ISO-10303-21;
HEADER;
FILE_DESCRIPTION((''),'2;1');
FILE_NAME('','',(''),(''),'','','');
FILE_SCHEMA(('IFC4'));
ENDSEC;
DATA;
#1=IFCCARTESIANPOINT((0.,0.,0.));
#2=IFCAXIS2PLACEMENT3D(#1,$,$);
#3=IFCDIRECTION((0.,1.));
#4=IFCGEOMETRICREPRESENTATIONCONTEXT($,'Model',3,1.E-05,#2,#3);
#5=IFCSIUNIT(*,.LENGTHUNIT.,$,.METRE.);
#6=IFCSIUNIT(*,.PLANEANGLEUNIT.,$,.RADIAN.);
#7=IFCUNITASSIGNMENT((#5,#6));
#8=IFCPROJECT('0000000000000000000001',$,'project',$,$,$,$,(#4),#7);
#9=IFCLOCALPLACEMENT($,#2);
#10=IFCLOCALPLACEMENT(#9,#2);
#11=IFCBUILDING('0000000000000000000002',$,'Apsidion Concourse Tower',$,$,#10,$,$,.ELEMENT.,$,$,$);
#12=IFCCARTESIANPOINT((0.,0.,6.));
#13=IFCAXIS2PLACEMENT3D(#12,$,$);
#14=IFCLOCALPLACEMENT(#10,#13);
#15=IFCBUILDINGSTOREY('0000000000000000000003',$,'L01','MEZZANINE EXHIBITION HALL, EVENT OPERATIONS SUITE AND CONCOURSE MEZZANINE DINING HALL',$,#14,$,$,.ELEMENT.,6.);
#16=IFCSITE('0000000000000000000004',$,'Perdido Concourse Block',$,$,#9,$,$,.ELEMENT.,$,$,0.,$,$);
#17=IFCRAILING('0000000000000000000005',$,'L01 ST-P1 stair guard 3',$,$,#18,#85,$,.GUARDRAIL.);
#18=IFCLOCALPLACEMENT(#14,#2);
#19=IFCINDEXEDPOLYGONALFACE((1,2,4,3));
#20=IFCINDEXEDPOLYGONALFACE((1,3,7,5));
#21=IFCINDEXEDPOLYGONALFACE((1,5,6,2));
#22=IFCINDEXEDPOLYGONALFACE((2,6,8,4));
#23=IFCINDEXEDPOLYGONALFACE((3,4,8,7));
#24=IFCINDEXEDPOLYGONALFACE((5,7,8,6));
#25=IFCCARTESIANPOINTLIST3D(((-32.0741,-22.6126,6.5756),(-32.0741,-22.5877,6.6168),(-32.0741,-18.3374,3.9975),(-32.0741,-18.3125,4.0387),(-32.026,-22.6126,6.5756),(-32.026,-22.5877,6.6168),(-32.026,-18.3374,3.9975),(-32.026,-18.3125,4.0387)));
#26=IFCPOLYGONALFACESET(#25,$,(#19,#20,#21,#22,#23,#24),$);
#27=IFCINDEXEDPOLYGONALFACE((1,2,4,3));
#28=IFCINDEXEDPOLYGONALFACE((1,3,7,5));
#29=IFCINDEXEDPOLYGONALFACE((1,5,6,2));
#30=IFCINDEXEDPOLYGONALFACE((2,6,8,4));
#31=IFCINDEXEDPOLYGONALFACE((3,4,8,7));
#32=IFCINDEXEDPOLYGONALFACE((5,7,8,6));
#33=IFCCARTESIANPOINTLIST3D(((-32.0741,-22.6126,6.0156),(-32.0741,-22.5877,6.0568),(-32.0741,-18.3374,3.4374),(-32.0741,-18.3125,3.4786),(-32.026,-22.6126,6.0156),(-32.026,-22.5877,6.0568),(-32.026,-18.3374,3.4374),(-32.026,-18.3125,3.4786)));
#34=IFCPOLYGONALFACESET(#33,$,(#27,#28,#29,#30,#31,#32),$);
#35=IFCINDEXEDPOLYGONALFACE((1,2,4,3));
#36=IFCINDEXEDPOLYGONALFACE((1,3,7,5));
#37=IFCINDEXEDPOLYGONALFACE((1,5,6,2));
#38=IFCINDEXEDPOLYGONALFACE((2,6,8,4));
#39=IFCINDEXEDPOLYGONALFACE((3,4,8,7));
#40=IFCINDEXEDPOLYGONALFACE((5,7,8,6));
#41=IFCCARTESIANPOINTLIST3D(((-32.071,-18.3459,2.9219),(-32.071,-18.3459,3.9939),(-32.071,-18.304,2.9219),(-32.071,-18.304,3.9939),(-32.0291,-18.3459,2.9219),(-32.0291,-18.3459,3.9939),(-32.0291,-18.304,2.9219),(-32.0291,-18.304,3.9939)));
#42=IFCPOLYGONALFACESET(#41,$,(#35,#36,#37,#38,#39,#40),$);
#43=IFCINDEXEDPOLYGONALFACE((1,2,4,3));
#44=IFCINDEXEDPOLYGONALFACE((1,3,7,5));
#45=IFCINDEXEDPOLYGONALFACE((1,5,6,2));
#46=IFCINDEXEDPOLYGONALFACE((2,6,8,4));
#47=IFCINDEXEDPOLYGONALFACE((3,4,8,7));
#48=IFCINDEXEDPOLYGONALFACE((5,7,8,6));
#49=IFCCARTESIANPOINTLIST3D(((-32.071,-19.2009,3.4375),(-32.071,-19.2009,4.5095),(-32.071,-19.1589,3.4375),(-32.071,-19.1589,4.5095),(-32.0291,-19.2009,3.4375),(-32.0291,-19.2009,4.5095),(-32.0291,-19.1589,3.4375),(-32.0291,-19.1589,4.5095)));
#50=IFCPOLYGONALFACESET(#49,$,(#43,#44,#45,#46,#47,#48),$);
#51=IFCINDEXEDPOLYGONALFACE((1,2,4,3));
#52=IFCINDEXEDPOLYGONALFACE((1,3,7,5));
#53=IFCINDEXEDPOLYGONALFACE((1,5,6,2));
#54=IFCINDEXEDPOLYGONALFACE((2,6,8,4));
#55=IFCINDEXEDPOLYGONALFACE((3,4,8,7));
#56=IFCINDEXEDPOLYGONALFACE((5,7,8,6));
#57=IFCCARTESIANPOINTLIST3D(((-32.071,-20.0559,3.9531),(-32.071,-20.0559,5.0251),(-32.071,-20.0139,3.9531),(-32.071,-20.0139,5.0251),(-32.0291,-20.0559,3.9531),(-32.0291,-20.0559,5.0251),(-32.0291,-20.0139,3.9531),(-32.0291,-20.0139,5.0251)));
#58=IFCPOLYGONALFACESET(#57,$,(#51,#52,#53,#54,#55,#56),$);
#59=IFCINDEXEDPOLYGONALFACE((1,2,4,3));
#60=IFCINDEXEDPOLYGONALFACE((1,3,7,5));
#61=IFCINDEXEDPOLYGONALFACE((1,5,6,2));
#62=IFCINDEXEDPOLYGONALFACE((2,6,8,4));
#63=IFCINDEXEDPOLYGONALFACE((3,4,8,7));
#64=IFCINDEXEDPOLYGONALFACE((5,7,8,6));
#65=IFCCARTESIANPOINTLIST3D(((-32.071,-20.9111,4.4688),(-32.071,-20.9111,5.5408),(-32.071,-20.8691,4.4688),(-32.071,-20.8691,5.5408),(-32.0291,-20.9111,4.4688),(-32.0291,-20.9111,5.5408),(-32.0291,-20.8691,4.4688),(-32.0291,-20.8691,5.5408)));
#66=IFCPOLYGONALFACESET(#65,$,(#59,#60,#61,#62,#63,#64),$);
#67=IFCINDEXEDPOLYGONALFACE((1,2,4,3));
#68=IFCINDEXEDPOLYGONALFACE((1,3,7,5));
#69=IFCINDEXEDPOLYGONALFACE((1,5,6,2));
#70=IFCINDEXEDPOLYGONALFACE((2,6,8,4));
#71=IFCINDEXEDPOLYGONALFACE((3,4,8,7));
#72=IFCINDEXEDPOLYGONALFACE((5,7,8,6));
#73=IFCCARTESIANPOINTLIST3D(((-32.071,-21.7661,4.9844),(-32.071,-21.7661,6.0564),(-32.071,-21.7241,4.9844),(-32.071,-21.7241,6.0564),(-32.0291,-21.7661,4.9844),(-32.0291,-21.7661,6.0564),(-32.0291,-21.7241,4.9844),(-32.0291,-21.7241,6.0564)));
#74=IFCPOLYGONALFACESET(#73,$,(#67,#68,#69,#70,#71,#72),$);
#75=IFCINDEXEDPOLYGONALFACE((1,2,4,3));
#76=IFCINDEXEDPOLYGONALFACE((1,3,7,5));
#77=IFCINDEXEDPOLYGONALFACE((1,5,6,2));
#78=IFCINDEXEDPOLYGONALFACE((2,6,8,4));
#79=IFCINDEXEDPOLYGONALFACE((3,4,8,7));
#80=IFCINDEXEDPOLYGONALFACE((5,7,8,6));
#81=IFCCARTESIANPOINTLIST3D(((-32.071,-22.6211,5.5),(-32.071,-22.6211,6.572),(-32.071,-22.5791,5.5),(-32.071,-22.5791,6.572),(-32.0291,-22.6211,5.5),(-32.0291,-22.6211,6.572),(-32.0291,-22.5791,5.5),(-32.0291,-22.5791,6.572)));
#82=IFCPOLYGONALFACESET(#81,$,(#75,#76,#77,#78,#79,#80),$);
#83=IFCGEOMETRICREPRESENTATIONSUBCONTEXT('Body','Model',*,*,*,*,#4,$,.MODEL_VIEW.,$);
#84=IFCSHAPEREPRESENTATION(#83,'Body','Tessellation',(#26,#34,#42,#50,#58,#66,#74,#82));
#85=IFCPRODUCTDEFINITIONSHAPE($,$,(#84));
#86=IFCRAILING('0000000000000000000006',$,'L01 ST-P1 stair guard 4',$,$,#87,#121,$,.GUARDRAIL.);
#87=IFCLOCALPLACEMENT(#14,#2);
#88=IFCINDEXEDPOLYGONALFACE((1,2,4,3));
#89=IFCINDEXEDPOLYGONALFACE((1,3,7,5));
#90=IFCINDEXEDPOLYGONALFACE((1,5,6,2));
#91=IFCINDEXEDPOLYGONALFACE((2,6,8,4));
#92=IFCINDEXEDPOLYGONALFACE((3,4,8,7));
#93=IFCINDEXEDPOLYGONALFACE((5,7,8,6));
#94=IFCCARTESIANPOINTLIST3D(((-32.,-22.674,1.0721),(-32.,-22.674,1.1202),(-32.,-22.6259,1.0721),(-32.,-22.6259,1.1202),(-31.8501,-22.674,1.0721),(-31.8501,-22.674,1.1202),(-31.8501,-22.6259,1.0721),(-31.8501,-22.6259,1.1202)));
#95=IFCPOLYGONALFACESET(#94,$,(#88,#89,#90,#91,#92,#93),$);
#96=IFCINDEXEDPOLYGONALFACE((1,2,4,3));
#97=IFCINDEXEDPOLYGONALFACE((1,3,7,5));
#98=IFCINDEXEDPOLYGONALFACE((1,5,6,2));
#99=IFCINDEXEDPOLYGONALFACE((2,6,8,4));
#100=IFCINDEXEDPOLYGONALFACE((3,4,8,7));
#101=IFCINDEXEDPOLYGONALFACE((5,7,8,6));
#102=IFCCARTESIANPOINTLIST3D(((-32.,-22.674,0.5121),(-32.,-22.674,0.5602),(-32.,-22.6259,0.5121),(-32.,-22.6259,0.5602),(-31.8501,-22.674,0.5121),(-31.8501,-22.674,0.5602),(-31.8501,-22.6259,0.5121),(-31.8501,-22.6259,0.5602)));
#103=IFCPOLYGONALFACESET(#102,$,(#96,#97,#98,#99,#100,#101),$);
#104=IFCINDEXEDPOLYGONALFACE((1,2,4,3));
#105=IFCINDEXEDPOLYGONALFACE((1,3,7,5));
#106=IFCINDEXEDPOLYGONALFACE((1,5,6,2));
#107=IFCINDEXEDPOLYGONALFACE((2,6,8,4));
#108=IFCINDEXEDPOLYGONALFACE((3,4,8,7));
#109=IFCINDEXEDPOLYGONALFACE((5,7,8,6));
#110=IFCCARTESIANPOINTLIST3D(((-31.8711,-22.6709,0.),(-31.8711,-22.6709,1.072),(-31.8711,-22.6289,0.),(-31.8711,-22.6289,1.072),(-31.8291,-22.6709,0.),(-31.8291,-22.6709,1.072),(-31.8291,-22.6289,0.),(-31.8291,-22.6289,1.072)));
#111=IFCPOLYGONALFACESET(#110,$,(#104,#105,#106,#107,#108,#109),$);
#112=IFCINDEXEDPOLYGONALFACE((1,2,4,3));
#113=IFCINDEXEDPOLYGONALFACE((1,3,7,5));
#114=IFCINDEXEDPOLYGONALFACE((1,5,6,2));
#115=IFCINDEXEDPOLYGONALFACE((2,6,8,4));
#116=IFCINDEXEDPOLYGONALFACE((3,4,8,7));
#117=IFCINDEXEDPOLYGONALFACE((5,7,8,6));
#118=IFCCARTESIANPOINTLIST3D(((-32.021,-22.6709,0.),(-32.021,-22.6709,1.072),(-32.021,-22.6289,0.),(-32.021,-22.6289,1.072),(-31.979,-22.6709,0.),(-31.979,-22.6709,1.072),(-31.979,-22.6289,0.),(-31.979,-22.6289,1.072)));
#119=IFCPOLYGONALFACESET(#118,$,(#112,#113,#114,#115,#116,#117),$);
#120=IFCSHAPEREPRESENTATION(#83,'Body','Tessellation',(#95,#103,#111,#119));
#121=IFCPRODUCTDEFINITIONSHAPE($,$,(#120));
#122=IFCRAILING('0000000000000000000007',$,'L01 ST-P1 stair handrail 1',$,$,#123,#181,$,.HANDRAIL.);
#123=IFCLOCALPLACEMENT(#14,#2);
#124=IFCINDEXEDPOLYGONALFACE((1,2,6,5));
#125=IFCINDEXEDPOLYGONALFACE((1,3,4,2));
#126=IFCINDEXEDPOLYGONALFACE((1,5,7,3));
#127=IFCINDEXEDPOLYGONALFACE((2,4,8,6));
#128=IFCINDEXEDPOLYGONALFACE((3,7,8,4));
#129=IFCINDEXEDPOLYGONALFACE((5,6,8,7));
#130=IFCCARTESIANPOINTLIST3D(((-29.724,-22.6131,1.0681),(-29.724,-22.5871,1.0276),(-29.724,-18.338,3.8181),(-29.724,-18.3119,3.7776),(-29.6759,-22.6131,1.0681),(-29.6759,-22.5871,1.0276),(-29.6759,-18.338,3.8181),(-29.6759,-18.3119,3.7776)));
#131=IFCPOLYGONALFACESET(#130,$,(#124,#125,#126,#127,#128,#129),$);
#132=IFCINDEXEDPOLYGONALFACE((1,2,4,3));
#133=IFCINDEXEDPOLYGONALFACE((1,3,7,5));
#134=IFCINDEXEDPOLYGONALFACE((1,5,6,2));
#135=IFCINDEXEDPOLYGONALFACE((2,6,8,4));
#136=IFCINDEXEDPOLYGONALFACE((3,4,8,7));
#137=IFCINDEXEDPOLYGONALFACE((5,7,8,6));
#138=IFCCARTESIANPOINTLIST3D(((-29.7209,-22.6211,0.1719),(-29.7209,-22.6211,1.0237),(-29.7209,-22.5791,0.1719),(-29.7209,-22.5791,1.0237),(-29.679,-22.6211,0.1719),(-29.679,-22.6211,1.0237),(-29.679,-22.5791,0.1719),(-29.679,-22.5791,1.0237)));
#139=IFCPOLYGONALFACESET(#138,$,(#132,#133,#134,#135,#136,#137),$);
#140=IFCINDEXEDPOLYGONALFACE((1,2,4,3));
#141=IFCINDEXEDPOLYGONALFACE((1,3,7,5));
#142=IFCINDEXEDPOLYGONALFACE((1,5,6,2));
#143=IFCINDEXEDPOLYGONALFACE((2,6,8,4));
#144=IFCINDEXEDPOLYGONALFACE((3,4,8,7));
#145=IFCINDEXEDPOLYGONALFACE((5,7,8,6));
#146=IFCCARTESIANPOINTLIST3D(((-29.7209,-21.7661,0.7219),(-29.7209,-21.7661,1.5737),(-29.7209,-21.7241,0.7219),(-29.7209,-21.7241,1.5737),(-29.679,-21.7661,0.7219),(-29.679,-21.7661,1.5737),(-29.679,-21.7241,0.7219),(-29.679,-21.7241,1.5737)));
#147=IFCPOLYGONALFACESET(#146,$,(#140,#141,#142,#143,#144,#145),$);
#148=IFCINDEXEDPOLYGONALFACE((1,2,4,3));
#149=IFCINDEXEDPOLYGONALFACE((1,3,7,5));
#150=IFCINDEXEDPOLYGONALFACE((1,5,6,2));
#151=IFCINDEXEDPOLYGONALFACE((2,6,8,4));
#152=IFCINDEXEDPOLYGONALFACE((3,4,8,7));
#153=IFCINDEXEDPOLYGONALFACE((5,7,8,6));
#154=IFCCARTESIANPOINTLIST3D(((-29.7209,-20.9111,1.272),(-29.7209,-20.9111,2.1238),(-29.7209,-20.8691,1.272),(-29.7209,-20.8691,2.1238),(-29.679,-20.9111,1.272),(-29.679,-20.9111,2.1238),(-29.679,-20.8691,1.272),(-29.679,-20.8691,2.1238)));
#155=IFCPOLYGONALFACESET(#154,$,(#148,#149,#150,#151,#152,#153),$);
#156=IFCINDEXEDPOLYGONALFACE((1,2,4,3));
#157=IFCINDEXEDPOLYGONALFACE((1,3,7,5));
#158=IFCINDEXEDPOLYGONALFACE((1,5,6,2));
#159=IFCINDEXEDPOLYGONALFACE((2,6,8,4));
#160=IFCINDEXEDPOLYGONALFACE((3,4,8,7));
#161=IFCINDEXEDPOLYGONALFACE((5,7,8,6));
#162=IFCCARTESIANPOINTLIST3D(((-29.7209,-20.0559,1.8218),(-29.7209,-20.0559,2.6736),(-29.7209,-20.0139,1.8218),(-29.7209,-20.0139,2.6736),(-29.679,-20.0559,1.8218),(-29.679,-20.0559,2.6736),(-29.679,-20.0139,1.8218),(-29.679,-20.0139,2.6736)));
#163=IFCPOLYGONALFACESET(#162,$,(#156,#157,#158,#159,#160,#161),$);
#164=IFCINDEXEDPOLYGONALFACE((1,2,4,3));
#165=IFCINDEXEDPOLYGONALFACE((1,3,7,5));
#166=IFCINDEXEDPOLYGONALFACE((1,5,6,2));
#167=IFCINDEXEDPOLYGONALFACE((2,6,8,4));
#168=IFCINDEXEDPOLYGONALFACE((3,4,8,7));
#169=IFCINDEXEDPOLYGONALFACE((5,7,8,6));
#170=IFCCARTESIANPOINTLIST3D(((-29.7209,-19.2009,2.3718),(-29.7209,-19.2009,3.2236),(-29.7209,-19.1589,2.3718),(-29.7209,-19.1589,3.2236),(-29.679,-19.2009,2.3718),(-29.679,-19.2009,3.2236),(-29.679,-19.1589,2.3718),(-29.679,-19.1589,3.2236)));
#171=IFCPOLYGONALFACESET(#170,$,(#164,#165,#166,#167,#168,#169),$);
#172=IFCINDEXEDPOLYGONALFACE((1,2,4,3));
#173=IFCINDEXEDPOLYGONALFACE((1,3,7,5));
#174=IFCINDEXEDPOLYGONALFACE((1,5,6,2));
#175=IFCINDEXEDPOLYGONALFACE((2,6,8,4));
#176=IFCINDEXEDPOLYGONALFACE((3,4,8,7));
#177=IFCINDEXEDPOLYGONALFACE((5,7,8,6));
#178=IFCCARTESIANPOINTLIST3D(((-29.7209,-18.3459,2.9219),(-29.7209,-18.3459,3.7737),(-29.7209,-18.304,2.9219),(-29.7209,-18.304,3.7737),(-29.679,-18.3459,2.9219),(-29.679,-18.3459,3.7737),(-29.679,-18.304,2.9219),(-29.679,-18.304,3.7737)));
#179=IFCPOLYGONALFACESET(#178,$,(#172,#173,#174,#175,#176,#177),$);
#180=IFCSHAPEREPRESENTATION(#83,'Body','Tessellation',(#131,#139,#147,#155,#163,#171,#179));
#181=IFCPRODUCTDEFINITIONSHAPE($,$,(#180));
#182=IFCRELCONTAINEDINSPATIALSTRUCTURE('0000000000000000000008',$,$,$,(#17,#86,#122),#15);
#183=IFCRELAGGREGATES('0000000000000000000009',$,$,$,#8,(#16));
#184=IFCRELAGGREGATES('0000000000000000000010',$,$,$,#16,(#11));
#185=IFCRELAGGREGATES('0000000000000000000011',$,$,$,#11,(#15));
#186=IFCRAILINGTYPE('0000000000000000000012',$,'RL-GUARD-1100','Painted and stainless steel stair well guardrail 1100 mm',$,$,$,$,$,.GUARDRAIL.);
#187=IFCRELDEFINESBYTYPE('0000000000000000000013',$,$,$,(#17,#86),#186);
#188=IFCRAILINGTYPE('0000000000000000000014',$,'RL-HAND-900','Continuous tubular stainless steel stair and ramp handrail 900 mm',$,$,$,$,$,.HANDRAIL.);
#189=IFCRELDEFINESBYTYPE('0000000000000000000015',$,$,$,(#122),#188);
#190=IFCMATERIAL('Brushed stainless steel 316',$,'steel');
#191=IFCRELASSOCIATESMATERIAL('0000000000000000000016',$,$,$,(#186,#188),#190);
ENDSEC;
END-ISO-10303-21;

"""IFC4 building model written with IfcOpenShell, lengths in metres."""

from ifc_helpers import new_model, si_unit, direction, frame, origin, origin_2d, place, context, subcontext, project, spatial, rectangle, extrude, material, type_object, element, save


model = new_model("IFC4")

# Units and contexts
model_context = context("Model", 3, precision=1e-05, world=origin(), true_north=direction((0.0, 1.0)))
body_context = subcontext(model_context, "Body", "Model", "MODEL_VIEW")
ifc_project = project(units=[si_unit("LENGTHUNIT", "METRE"), si_unit("PLANEANGLEUNIT", "RADIAN")], contexts=[model_context])

# Site, building, storey
site_placement = place(None, origin())
site = spatial("IfcSite", under=ifc_project, at=site_placement, Name="Perdido Concourse Block", CompositionType="ELEMENT", RefElevation=0.0)
building_placement = place(site_placement, origin())
building = spatial("IfcBuilding", under=site, at=building_placement, Name="Apsidion Concourse Tower", CompositionType="ELEMENT")
storey_placement = place(building_placement, frame((0.0, 0.0, 6.0)))
storey = spatial("IfcBuildingStorey", under=building, at=storey_placement, Name="L01", Description="MEZZANINE EXHIBITION HALL, EVENT OPERATIONS SUITE AND CONCOURSE MEZZANINE DINING HALL", CompositionType="ELEMENT", Elevation=6.0)

# Shared definitions
ifc_material_1 = material(Name="Brushed stainless steel 316", Category="steel")

# Railings
railing_type_1 = type_object("IfcRailingType", Name="RL-GUARD-1100", Description="Painted and stainless steel stair well guardrail 1100 mm", PredefinedType="GUARDRAIL", material=ifc_material_1)
railing_1_placement = place(storey_placement, frame((-32.05, -18.325, 2.9219)))
element("IfcRailing", 1, at=railing_1_placement, inside=storey, type_object=railing_type_1, Name="L01 ST-P1 stair guard 3", PredefinedType="GUARDRAIL", context=body_context, shape_type="SweptSolid", body=[
    extrude(rectangle(XDim=0.0481, YDim=0.0481, at=origin_2d()), frame((0.0, 0.0, 1.0962), z_axis=(0.0, -0.856339, 0.516415), x_axis=(1.0, 0.0, 0.0)), (0.0, 0.0, 1.0), 4.9924),
    extrude(rectangle(XDim=0.0481, YDim=0.0481, at=origin_2d()), frame((0.0, 0.0, 0.5361), z_axis=(0.0, -0.856339, 0.516415), x_axis=(1.0, 0.0, 0.0)), (0.0, 0.0, 1.0), 4.9924),
    extrude(rectangle(XDim=0.042, YDim=0.042, at=origin_2d()), origin(), (0.0, 0.0, 1.0), 1.072),
    extrude(rectangle(XDim=0.042, YDim=0.042, at=origin_2d()), frame((0.0, -0.855, 0.5156)), (0.0, 0.0, 1.0), 1.072),
    extrude(rectangle(XDim=0.042, YDim=0.042, at=origin_2d()), frame((0.0, -1.71, 1.0312)), (0.0, 0.0, 1.0), 1.072),
    extrude(rectangle(XDim=0.042, YDim=0.042, at=origin_2d()), frame((0.0, -2.5652, 1.5469)), (0.0, 0.0, 1.0), 1.072),
    extrude(rectangle(XDim=0.042, YDim=0.042, at=origin_2d()), frame((0.0, -3.4202, 2.0625)), (0.0, 0.0, 1.0), 1.072),
    extrude(rectangle(XDim=0.042, YDim=0.042, at=origin_2d()), frame((0.0, -4.2751, 2.5781)), (0.0, 0.0, 1.0), 1.072),
])
railing_2_placement = place(storey_placement, frame((-31.8501, -22.6499, 0.0)))
element("IfcRailing", 2, at=railing_2_placement, inside=storey, type_object=railing_type_1, Name="L01 ST-P1 stair guard 4", PredefinedType="GUARDRAIL", context=body_context, shape_type="SweptSolid", body=[
    extrude(rectangle(XDim=0.0481, YDim=0.0481, at=origin_2d()), frame((0.0, 0.0, 1.0962), z_axis=(-1.0, 0.0, 0.0), x_axis=(0.0, -1.0, 0.0)), (0.0, 0.0, 1.0), 0.1499),
    extrude(rectangle(XDim=0.0481, YDim=0.0481, at=origin_2d()), frame((0.0, 0.0, 0.5361), z_axis=(-1.0, 0.0, 0.0), x_axis=(0.0, -1.0, 0.0)), (0.0, 0.0, 1.0), 0.1499),
    extrude(rectangle(XDim=0.042, YDim=0.042, at=origin_2d()), origin(), (0.0, 0.0, 1.0), 1.072),
    extrude(rectangle(XDim=0.042, YDim=0.042, at=origin_2d()), frame((-0.1499, 0.0, 0.0)), (0.0, 0.0, 1.0), 1.072),
])
railing_type_2 = type_object("IfcRailingType", Name="RL-HAND-900", Description="Continuous tubular stainless steel stair and ramp handrail 900 mm", PredefinedType="HANDRAIL", material=ifc_material_1)
railing_3_placement = place(storey_placement, frame((-29.7, -22.6001, 0.1719)))
element("IfcRailing", 3, at=railing_3_placement, inside=storey, type_object=railing_type_2, Name="L01 ST-P1 stair handrail 1", PredefinedType="HANDRAIL", context=body_context, shape_type="SweptSolid", body=[
    extrude(rectangle(XDim=0.0481, YDim=0.0481, at=origin_2d()), frame((0.0, 0.0, 0.876), z_axis=(0.0, 0.841027, 0.540993), x_axis=(-1.0, 0.0, 0.0)), (0.0, 0.0, 1.0), 5.0833),
    extrude(rectangle(XDim=0.042, YDim=0.042, at=origin_2d()), origin(), (0.0, 0.0, 1.0), 0.8518),
    extrude(rectangle(XDim=0.042, YDim=0.042, at=origin_2d()), frame((0.0, 0.855, 0.55)), (0.0, 0.0, 1.0), 0.8518),
    extrude(rectangle(XDim=0.042, YDim=0.042, at=origin_2d()), frame((0.0, 1.71, 1.1001)), (0.0, 0.0, 1.0), 0.8518),
    extrude(rectangle(XDim=0.042, YDim=0.042, at=origin_2d()), frame((0.0, 2.5652, 1.6499)), (0.0, 0.0, 1.0), 0.8518),
    extrude(rectangle(XDim=0.042, YDim=0.042, at=origin_2d()), frame((0.0, 3.4202, 2.2)), (0.0, 0.0, 1.0), 0.8518),
    extrude(rectangle(XDim=0.042, YDim=0.042, at=origin_2d()), frame((0.0, 4.2751, 2.75)), (0.0, 0.0, 1.0), 0.8518),
])

save(model, "model.ifc")
